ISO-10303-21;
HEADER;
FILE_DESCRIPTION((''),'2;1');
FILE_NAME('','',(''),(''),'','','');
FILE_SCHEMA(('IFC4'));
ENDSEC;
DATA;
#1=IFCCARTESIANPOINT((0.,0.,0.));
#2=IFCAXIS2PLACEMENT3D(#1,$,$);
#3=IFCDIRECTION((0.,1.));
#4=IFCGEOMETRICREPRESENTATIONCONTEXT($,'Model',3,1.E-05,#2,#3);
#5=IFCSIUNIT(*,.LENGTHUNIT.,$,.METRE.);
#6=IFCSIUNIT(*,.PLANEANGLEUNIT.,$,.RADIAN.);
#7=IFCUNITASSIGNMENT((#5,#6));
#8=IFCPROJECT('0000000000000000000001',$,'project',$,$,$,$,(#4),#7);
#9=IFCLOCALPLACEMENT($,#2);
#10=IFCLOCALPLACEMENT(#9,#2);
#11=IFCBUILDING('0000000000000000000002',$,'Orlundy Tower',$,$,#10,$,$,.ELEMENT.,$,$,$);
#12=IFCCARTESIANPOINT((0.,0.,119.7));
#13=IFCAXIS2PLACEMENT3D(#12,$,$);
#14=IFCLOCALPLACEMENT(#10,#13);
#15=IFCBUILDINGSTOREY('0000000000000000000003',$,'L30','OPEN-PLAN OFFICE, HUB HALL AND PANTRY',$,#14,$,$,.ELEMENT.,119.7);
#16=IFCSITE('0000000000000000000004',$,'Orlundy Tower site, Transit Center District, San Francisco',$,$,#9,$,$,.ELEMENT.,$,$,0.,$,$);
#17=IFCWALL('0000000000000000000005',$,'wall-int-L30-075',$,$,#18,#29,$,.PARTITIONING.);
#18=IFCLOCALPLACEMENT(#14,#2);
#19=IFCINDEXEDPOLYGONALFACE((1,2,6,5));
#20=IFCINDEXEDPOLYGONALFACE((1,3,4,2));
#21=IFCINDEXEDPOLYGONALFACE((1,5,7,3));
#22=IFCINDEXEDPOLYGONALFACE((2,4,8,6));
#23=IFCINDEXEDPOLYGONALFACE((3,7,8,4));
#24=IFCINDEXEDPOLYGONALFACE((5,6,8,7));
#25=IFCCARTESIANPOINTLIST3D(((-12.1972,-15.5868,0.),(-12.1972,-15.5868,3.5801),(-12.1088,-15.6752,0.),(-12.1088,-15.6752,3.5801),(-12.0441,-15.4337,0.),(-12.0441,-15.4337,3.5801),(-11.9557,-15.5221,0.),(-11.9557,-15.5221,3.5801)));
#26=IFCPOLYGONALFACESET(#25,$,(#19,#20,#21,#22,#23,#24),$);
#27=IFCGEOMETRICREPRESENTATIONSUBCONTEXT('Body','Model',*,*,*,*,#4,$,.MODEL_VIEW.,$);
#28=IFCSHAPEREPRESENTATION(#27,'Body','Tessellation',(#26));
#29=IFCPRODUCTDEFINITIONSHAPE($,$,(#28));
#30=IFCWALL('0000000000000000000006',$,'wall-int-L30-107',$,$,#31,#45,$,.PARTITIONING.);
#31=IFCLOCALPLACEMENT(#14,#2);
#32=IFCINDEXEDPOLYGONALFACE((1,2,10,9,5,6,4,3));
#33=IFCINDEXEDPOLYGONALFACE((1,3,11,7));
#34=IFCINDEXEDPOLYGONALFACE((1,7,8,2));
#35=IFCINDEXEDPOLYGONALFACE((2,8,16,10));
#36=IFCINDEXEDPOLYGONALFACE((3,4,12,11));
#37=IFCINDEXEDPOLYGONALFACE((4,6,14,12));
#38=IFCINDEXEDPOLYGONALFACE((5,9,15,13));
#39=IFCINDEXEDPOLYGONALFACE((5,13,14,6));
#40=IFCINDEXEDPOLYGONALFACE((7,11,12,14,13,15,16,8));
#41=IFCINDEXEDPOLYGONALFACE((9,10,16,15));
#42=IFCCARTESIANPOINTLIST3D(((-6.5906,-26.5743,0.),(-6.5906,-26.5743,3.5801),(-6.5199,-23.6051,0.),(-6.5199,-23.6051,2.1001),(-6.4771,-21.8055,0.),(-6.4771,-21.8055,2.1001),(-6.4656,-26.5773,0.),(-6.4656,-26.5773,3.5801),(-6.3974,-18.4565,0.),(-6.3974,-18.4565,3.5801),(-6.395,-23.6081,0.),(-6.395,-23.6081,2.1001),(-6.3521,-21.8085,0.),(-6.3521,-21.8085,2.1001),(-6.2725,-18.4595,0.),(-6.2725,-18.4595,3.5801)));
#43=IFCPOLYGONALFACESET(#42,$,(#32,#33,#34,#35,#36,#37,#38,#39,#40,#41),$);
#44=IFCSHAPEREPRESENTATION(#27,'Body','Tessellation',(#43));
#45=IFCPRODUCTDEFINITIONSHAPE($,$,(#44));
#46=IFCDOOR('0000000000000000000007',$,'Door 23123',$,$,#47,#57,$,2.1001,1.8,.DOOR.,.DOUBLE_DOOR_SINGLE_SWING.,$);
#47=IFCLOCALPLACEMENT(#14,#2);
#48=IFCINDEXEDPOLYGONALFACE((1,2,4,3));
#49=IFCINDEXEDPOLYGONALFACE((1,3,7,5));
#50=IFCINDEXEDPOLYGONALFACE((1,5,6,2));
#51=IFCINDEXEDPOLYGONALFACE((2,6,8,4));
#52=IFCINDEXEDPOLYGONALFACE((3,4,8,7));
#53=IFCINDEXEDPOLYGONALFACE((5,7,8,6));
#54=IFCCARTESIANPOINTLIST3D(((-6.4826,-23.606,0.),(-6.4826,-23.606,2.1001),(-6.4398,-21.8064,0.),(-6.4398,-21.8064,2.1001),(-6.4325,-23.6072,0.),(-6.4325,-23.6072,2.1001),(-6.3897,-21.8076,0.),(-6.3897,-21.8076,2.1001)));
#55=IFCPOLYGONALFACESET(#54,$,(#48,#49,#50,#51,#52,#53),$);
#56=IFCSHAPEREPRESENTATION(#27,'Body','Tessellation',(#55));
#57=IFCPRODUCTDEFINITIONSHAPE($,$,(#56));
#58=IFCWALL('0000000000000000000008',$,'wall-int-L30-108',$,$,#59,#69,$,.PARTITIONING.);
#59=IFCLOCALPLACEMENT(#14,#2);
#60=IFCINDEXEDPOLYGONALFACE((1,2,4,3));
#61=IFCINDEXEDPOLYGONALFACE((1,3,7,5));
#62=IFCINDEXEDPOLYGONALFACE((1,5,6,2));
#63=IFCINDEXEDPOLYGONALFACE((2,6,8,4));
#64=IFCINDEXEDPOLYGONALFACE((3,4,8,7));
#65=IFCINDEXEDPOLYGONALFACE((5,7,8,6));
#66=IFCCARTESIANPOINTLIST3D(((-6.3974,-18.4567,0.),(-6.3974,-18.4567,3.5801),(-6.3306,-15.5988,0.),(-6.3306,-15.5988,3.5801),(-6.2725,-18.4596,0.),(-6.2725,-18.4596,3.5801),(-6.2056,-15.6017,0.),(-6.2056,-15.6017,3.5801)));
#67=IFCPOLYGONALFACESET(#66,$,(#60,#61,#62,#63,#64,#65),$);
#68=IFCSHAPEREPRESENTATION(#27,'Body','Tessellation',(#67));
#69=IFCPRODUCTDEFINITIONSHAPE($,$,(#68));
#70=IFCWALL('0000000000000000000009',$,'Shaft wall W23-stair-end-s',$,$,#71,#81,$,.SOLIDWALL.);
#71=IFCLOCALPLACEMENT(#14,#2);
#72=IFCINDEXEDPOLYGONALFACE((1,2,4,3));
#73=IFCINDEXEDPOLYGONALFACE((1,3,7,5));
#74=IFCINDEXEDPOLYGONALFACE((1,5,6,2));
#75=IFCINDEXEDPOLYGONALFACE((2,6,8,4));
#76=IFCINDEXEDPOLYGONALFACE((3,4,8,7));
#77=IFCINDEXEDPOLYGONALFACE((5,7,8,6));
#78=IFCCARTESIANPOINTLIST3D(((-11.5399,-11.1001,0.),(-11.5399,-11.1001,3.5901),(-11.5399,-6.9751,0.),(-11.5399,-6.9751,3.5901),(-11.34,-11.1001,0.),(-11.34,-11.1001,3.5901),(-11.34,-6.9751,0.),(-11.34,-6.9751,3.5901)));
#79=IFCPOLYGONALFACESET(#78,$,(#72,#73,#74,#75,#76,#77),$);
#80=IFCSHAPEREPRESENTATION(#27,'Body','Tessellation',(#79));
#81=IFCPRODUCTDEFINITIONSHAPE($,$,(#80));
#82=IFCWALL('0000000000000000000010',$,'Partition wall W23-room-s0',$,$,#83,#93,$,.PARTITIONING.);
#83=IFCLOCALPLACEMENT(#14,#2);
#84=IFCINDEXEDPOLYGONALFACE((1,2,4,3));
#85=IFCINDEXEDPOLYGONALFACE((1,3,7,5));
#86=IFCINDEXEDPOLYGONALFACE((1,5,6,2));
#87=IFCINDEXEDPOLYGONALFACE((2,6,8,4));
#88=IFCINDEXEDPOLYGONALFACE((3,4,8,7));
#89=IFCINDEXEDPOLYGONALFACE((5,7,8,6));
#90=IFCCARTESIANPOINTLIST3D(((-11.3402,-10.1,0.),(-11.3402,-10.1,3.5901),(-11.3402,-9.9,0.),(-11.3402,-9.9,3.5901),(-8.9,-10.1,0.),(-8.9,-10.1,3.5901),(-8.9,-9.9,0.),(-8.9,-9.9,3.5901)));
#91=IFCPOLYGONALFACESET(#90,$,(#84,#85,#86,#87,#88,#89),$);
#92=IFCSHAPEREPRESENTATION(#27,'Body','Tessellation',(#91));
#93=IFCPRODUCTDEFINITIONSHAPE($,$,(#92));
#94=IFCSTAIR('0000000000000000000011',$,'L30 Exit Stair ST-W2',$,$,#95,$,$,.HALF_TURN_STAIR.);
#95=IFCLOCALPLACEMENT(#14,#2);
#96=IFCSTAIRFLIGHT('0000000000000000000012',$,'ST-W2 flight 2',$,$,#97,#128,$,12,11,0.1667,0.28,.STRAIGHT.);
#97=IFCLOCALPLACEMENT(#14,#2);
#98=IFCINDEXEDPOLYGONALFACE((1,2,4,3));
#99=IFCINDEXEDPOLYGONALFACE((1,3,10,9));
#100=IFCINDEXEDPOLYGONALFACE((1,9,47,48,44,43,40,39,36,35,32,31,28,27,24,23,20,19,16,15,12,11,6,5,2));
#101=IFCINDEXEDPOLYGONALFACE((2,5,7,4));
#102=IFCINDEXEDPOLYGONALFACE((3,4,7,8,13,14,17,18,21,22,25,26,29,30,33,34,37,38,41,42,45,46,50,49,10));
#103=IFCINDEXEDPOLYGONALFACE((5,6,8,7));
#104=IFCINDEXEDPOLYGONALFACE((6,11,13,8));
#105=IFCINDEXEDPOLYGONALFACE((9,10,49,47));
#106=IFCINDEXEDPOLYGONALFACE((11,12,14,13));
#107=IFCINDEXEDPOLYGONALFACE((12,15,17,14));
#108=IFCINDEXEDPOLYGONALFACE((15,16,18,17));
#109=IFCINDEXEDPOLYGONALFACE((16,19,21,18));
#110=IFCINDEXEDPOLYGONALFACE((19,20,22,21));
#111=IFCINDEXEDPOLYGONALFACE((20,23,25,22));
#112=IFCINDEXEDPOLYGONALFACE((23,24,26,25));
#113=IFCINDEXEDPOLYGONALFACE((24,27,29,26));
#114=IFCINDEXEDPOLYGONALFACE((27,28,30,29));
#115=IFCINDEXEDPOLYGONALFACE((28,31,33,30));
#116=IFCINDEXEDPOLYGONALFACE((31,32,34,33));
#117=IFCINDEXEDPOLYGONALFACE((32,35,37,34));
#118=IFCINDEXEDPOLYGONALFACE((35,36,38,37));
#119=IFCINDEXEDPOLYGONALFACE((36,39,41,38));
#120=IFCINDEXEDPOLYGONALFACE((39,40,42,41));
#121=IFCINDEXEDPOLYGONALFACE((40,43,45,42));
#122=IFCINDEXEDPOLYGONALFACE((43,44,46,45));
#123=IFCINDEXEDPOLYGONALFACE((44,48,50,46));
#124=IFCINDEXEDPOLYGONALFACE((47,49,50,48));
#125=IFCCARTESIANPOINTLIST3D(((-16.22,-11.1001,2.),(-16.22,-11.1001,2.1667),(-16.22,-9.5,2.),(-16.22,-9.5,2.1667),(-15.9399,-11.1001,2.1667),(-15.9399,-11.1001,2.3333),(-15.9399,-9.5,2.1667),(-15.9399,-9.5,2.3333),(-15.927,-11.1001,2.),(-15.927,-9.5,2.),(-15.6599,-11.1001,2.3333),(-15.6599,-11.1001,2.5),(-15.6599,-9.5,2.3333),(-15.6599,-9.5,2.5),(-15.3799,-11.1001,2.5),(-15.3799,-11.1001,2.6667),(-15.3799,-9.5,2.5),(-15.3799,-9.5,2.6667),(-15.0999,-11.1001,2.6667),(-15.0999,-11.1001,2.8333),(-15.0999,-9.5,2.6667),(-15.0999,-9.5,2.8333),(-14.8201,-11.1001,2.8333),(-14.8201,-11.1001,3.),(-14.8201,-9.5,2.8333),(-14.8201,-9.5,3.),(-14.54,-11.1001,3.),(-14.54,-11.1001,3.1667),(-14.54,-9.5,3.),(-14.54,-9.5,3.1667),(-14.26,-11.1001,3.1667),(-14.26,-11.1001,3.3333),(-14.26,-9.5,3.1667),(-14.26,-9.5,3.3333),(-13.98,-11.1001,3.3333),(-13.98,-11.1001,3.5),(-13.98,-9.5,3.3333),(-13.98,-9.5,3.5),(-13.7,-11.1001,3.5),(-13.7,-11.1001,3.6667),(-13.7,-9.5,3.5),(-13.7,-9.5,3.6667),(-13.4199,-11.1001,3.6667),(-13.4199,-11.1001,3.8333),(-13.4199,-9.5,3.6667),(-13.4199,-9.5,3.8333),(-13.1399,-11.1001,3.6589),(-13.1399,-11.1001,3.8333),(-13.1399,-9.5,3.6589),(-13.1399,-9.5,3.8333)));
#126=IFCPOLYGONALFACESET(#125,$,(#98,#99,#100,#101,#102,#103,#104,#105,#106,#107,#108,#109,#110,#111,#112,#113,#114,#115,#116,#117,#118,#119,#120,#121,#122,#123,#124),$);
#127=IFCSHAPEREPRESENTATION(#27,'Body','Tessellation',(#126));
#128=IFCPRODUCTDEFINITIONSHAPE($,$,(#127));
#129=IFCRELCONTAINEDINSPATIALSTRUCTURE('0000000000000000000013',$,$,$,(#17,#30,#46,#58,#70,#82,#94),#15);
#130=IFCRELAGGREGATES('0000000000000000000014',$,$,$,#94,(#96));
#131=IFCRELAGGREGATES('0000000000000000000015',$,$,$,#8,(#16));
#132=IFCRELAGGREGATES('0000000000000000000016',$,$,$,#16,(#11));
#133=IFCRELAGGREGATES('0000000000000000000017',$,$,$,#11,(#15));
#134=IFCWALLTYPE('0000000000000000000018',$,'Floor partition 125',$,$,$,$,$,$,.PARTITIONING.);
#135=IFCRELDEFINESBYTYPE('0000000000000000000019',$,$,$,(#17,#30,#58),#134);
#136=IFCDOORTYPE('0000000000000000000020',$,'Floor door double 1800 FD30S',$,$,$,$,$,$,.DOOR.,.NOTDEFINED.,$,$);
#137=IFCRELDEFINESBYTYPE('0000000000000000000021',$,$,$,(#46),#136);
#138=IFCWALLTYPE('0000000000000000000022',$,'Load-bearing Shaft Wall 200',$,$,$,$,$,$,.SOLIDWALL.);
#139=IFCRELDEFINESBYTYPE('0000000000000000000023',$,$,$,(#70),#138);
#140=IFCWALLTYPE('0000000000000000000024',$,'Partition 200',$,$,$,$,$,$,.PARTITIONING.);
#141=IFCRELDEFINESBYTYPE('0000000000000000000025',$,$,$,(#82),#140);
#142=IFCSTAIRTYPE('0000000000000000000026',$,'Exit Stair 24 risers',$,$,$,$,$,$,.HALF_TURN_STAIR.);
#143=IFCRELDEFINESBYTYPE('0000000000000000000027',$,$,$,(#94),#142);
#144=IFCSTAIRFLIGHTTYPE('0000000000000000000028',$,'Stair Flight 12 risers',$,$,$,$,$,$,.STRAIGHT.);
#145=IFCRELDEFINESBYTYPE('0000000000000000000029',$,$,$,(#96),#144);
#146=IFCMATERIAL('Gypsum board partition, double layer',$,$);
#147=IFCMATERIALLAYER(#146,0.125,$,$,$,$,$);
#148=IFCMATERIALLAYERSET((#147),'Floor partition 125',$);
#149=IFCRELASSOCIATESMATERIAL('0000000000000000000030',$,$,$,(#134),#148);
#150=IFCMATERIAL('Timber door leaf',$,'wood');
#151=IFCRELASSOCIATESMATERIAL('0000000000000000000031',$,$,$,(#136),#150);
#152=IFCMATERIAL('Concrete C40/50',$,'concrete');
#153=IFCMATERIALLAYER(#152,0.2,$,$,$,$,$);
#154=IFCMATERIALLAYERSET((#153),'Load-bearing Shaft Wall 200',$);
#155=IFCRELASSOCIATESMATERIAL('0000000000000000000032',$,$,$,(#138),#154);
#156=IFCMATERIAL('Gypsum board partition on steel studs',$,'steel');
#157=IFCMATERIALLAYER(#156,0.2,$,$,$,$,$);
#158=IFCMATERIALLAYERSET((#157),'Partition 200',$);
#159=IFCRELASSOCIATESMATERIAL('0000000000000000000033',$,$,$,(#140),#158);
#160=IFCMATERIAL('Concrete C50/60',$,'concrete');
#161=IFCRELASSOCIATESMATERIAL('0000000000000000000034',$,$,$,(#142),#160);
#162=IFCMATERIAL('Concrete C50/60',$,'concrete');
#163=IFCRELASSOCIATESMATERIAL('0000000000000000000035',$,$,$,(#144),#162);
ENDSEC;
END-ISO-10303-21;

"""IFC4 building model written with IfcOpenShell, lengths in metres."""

from ifc_helpers import new_model, si_unit, direction, frame, frame_2d, origin, place, context, subcontext, project, spatial, polyline, rectangle, outline, extrude, material, layer, layer_set, type_object, element, fill, aggregate, save


model = new_model("IFC4")

# Units and contexts
model_context = context("Model", 3, precision=1e-05, world=origin(), true_north=direction((0.0, 1.0)))
body_context = subcontext(model_context, "Body", "Model", "MODEL_VIEW")
ifc_project = project(units=[si_unit("LENGTHUNIT", "METRE"), si_unit("PLANEANGLEUNIT", "RADIAN")], contexts=[model_context])

# Site, building, storey
site_placement = place(None, origin())
site = spatial("IfcSite", under=ifc_project, at=site_placement, Name="Orlundy Tower site, Transit Center District, San Francisco", CompositionType="ELEMENT", RefElevation=0.0)
building_placement = place(site_placement, origin())
building = spatial("IfcBuilding", under=site, at=building_placement, Name="Orlundy Tower", CompositionType="ELEMENT")
storey_placement = place(building_placement, frame((0.0, 0.0, 119.7)))
storey = spatial("IfcBuildingStorey", under=building, at=storey_placement, Name="L30", Description="OPEN-PLAN OFFICE, HUB HALL AND PANTRY", CompositionType="ELEMENT", Elevation=119.7)

# Shared definitions
ifc_material_1 = material(Name="Gypsum board partition, double layer")
ifc_layer_1 = layer(ifc_material_1, 0.125)
ifc_layer_set_1 = layer_set([ifc_layer_1], Name="Floor partition 125")
wall_type_1 = type_object("IfcWallType", Name="Floor partition 125", PredefinedType="PARTITIONING", material=ifc_layer_set_1)

# Wall
wall_1_placement = place(storey_placement, frame((-12.1531, -15.6311, 0.0), z_axis=(0.0, 0.0, 1.0), x_axis=(0.707107, 0.707107, 0.0)))
element("IfcWall", 1, at=wall_1_placement, inside=storey, type_object=wall_type_1, Name="wall-int-L30-075", PredefinedType="PARTITIONING", context=body_context, shape_type="SweptSolid", body=[
    extrude(rectangle(XDim=0.2166, YDim=0.125, at=frame_2d((0.1084, 0.0))), origin(), (0.0, 0.0, 1.0), 3.5801),
])

# Wall, opening, door
wall_2_placement = place(storey_placement, frame((-6.335, -18.458, 0.0), z_axis=(0.0, 0.0, 1.0), x_axis=(-0.023782, -0.999717, 0.0)))
wall_2 = element("IfcWall", 2, at=wall_2_placement, inside=storey, type_object=wall_type_1, Name="wall-int-L30-107", PredefinedType="PARTITIONING", context=body_context, shape_type="SweptSolid", body=[
    extrude(rectangle(XDim=8.1201, YDim=0.125, at=frame_2d((4.0601, 0.0))), origin(), (0.0, 0.0, 1.0), 3.5801),
])
opening_1_placement = place(wall_2_placement, frame((3.3501, 0.0, 0.0)))
opening_1 = element("IfcOpeningElement", 3, at=opening_1_placement, cuts=wall_2, PredefinedType="OPENING", context=body_context, shape_type="SweptSolid", body=[
    extrude(rectangle(XDim=1.8, YDim=2.1001, at=frame_2d((0.8999, 1.05))), frame((0.0, 0.0725, 0.0), z_axis=(0.0, -1.0, 0.0), x_axis=(1.0, 0.0, 0.0)), (0.0, 0.0, 1.0), 0.145),
])
ifc_material_2 = material(Name="Timber door leaf", Category="wood")
door_type_1 = type_object("IfcDoorType", Name="Floor door double 1800 FD30S", OperationType="NOTDEFINED", PredefinedType="DOOR", material=ifc_material_2)
door_1_placement = place(opening_1_placement, origin())
door_1 = element("IfcDoor", 4, at=door_1_placement, inside=storey, type_object=door_type_1, Name="Door 23123", OperationType="DOUBLE_DOOR_SINGLE_SWING", OverallHeight=2.1001, OverallWidth=1.8, PredefinedType="DOOR", context=body_context, shape_type="SweptSolid", body=[
    extrude(rectangle(XDim=1.8, YDim=2.1001, at=frame_2d((0.8999, 1.05))), frame((0.0, 0.0249, 0.0), z_axis=(0.0, -1.0, 0.0), x_axis=(1.0, 0.0, 0.0)), (0.0, 0.0, 1.0), 0.05),
])
fill(opening_1, door_1)

# Walls
wall_3_placement = place(storey_placement, frame((-6.335, -18.458, 0.0), z_axis=(0.0, 0.0, 1.0), x_axis=(0.0234, 0.999726, 0.0)))
element("IfcWall", 5, at=wall_3_placement, inside=storey, type_object=wall_type_1, Name="wall-int-L30-108", PredefinedType="PARTITIONING", context=body_context, shape_type="SweptSolid", body=[
    extrude(rectangle(XDim=2.8586, YDim=0.125, at=frame_2d((1.4292, 0.0))), origin(), (0.0, 0.0, 1.0), 3.5801),
])
ifc_material_3 = material(Name="Concrete C40/50", Category="concrete")
ifc_layer_2 = layer(ifc_material_3, 0.2)
ifc_layer_set_2 = layer_set([ifc_layer_2], Name="Load-bearing Shaft Wall 200")
wall_type_2 = type_object("IfcWallType", Name="Load-bearing Shaft Wall 200", PredefinedType="SOLIDWALL", material=ifc_layer_set_2)
wall_4_placement = place(storey_placement, frame((-11.4399, -11.1001, 0.0), z_axis=(0.0, 0.0, 1.0), x_axis=(0.0, 1.0, 0.0)))
element("IfcWall", 6, at=wall_4_placement, inside=storey, type_object=wall_type_2, Name="Shaft wall W23-stair-end-s", PredefinedType="SOLIDWALL", context=body_context, shape_type="SweptSolid", body=[
    extrude(rectangle(XDim=4.125, YDim=0.2, at=frame_2d((2.0625, 0.0))), origin(), (0.0, 0.0, 1.0), 3.5901),
])
ifc_material_4 = material(Name="Gypsum board partition on steel studs", Category="steel")
ifc_layer_3 = layer(ifc_material_4, 0.2)
ifc_layer_set_3 = layer_set([ifc_layer_3], Name="Partition 200")
wall_type_3 = type_object("IfcWallType", Name="Partition 200", PredefinedType="PARTITIONING", material=ifc_layer_set_3)
wall_5_placement = place(storey_placement, frame((-8.8999, -10.0, 0.0), z_axis=(0.0, 0.0, 1.0), x_axis=(-1.0, 0.0, 0.0)))
element("IfcWall", 7, at=wall_5_placement, inside=storey, type_object=wall_type_3, Name="Partition wall W23-room-s0", PredefinedType="PARTITIONING", context=body_context, shape_type="SweptSolid", body=[
    extrude(rectangle(XDim=2.4402, YDim=0.2, at=frame_2d((1.2202, 0.0))), origin(), (0.0, 0.0, 1.0), 3.5901),
])

# Stair, stair flight
ifc_material_5 = material(Name="Concrete C50/60", Category="concrete")
stair_type = type_object("IfcStairType", Name="Exit Stair 24 risers", PredefinedType="HALF_TURN_STAIR", material=ifc_material_5)
stair_placement = place(storey_placement, origin())
stair = element("IfcStair", 8, at=stair_placement, inside=storey, type_object=stair_type, Name="L30 Exit Stair ST-W2", PredefinedType="HALF_TURN_STAIR")
ifc_material_6 = material(Name="Concrete C50/60", Category="concrete")
stair_flight_type = type_object("IfcStairFlightType", Name="Stair Flight 12 risers", PredefinedType="STRAIGHT", material=ifc_material_6)
stair_flight_placement = place(storey_placement, frame((-16.22, -10.3, 2.0), z_axis=(0.0, 0.0, 1.0), x_axis=(1.0, 0.0, 0.0)))
stair_flight = element("IfcStairFlight", 9, at=stair_flight_placement, type_object=stair_flight_type, Name="ST-W2 flight 2", NumberOfRisers=12, NumberOfTreads=11, PredefinedType="STRAIGHT", RiserHeight=0.1667, TreadLength=0.28, context=body_context, shape_type="SweptSolid", body=[
    extrude(outline(polyline([(0.0, 0.0), (0.0, 0.1667), (0.28, 0.1667), (0.28, 0.3333), (0.5601, 0.3333), (0.5601, 0.5), (0.8401, 0.5), (0.8401, 0.6667), (1.1201, 0.6667), (1.1201, 0.8333), (1.3999, 0.8333), (1.3999, 1.0), (1.6799, 1.0), (1.6799, 1.1667), (1.96, 1.1667), (1.96, 1.3333), (2.24, 1.3333), (2.24, 1.5), (2.52, 1.5), (2.52, 1.6667), (2.8, 1.6667), (2.8, 1.8333), (3.0801, 1.8333), (3.0801, 2.0), (3.0801, 1.6589), (0.293, 0.0), (0.0, 0.0)])), frame((0.0, 0.8, 0.0), z_axis=(0.0, -1.0, 0.0), x_axis=(1.0, 0.0, 0.0)), (0.0, 0.0, 1.0), 1.6001),
])
aggregate(stair, [stair_flight])

save(model, "model.ifc")
